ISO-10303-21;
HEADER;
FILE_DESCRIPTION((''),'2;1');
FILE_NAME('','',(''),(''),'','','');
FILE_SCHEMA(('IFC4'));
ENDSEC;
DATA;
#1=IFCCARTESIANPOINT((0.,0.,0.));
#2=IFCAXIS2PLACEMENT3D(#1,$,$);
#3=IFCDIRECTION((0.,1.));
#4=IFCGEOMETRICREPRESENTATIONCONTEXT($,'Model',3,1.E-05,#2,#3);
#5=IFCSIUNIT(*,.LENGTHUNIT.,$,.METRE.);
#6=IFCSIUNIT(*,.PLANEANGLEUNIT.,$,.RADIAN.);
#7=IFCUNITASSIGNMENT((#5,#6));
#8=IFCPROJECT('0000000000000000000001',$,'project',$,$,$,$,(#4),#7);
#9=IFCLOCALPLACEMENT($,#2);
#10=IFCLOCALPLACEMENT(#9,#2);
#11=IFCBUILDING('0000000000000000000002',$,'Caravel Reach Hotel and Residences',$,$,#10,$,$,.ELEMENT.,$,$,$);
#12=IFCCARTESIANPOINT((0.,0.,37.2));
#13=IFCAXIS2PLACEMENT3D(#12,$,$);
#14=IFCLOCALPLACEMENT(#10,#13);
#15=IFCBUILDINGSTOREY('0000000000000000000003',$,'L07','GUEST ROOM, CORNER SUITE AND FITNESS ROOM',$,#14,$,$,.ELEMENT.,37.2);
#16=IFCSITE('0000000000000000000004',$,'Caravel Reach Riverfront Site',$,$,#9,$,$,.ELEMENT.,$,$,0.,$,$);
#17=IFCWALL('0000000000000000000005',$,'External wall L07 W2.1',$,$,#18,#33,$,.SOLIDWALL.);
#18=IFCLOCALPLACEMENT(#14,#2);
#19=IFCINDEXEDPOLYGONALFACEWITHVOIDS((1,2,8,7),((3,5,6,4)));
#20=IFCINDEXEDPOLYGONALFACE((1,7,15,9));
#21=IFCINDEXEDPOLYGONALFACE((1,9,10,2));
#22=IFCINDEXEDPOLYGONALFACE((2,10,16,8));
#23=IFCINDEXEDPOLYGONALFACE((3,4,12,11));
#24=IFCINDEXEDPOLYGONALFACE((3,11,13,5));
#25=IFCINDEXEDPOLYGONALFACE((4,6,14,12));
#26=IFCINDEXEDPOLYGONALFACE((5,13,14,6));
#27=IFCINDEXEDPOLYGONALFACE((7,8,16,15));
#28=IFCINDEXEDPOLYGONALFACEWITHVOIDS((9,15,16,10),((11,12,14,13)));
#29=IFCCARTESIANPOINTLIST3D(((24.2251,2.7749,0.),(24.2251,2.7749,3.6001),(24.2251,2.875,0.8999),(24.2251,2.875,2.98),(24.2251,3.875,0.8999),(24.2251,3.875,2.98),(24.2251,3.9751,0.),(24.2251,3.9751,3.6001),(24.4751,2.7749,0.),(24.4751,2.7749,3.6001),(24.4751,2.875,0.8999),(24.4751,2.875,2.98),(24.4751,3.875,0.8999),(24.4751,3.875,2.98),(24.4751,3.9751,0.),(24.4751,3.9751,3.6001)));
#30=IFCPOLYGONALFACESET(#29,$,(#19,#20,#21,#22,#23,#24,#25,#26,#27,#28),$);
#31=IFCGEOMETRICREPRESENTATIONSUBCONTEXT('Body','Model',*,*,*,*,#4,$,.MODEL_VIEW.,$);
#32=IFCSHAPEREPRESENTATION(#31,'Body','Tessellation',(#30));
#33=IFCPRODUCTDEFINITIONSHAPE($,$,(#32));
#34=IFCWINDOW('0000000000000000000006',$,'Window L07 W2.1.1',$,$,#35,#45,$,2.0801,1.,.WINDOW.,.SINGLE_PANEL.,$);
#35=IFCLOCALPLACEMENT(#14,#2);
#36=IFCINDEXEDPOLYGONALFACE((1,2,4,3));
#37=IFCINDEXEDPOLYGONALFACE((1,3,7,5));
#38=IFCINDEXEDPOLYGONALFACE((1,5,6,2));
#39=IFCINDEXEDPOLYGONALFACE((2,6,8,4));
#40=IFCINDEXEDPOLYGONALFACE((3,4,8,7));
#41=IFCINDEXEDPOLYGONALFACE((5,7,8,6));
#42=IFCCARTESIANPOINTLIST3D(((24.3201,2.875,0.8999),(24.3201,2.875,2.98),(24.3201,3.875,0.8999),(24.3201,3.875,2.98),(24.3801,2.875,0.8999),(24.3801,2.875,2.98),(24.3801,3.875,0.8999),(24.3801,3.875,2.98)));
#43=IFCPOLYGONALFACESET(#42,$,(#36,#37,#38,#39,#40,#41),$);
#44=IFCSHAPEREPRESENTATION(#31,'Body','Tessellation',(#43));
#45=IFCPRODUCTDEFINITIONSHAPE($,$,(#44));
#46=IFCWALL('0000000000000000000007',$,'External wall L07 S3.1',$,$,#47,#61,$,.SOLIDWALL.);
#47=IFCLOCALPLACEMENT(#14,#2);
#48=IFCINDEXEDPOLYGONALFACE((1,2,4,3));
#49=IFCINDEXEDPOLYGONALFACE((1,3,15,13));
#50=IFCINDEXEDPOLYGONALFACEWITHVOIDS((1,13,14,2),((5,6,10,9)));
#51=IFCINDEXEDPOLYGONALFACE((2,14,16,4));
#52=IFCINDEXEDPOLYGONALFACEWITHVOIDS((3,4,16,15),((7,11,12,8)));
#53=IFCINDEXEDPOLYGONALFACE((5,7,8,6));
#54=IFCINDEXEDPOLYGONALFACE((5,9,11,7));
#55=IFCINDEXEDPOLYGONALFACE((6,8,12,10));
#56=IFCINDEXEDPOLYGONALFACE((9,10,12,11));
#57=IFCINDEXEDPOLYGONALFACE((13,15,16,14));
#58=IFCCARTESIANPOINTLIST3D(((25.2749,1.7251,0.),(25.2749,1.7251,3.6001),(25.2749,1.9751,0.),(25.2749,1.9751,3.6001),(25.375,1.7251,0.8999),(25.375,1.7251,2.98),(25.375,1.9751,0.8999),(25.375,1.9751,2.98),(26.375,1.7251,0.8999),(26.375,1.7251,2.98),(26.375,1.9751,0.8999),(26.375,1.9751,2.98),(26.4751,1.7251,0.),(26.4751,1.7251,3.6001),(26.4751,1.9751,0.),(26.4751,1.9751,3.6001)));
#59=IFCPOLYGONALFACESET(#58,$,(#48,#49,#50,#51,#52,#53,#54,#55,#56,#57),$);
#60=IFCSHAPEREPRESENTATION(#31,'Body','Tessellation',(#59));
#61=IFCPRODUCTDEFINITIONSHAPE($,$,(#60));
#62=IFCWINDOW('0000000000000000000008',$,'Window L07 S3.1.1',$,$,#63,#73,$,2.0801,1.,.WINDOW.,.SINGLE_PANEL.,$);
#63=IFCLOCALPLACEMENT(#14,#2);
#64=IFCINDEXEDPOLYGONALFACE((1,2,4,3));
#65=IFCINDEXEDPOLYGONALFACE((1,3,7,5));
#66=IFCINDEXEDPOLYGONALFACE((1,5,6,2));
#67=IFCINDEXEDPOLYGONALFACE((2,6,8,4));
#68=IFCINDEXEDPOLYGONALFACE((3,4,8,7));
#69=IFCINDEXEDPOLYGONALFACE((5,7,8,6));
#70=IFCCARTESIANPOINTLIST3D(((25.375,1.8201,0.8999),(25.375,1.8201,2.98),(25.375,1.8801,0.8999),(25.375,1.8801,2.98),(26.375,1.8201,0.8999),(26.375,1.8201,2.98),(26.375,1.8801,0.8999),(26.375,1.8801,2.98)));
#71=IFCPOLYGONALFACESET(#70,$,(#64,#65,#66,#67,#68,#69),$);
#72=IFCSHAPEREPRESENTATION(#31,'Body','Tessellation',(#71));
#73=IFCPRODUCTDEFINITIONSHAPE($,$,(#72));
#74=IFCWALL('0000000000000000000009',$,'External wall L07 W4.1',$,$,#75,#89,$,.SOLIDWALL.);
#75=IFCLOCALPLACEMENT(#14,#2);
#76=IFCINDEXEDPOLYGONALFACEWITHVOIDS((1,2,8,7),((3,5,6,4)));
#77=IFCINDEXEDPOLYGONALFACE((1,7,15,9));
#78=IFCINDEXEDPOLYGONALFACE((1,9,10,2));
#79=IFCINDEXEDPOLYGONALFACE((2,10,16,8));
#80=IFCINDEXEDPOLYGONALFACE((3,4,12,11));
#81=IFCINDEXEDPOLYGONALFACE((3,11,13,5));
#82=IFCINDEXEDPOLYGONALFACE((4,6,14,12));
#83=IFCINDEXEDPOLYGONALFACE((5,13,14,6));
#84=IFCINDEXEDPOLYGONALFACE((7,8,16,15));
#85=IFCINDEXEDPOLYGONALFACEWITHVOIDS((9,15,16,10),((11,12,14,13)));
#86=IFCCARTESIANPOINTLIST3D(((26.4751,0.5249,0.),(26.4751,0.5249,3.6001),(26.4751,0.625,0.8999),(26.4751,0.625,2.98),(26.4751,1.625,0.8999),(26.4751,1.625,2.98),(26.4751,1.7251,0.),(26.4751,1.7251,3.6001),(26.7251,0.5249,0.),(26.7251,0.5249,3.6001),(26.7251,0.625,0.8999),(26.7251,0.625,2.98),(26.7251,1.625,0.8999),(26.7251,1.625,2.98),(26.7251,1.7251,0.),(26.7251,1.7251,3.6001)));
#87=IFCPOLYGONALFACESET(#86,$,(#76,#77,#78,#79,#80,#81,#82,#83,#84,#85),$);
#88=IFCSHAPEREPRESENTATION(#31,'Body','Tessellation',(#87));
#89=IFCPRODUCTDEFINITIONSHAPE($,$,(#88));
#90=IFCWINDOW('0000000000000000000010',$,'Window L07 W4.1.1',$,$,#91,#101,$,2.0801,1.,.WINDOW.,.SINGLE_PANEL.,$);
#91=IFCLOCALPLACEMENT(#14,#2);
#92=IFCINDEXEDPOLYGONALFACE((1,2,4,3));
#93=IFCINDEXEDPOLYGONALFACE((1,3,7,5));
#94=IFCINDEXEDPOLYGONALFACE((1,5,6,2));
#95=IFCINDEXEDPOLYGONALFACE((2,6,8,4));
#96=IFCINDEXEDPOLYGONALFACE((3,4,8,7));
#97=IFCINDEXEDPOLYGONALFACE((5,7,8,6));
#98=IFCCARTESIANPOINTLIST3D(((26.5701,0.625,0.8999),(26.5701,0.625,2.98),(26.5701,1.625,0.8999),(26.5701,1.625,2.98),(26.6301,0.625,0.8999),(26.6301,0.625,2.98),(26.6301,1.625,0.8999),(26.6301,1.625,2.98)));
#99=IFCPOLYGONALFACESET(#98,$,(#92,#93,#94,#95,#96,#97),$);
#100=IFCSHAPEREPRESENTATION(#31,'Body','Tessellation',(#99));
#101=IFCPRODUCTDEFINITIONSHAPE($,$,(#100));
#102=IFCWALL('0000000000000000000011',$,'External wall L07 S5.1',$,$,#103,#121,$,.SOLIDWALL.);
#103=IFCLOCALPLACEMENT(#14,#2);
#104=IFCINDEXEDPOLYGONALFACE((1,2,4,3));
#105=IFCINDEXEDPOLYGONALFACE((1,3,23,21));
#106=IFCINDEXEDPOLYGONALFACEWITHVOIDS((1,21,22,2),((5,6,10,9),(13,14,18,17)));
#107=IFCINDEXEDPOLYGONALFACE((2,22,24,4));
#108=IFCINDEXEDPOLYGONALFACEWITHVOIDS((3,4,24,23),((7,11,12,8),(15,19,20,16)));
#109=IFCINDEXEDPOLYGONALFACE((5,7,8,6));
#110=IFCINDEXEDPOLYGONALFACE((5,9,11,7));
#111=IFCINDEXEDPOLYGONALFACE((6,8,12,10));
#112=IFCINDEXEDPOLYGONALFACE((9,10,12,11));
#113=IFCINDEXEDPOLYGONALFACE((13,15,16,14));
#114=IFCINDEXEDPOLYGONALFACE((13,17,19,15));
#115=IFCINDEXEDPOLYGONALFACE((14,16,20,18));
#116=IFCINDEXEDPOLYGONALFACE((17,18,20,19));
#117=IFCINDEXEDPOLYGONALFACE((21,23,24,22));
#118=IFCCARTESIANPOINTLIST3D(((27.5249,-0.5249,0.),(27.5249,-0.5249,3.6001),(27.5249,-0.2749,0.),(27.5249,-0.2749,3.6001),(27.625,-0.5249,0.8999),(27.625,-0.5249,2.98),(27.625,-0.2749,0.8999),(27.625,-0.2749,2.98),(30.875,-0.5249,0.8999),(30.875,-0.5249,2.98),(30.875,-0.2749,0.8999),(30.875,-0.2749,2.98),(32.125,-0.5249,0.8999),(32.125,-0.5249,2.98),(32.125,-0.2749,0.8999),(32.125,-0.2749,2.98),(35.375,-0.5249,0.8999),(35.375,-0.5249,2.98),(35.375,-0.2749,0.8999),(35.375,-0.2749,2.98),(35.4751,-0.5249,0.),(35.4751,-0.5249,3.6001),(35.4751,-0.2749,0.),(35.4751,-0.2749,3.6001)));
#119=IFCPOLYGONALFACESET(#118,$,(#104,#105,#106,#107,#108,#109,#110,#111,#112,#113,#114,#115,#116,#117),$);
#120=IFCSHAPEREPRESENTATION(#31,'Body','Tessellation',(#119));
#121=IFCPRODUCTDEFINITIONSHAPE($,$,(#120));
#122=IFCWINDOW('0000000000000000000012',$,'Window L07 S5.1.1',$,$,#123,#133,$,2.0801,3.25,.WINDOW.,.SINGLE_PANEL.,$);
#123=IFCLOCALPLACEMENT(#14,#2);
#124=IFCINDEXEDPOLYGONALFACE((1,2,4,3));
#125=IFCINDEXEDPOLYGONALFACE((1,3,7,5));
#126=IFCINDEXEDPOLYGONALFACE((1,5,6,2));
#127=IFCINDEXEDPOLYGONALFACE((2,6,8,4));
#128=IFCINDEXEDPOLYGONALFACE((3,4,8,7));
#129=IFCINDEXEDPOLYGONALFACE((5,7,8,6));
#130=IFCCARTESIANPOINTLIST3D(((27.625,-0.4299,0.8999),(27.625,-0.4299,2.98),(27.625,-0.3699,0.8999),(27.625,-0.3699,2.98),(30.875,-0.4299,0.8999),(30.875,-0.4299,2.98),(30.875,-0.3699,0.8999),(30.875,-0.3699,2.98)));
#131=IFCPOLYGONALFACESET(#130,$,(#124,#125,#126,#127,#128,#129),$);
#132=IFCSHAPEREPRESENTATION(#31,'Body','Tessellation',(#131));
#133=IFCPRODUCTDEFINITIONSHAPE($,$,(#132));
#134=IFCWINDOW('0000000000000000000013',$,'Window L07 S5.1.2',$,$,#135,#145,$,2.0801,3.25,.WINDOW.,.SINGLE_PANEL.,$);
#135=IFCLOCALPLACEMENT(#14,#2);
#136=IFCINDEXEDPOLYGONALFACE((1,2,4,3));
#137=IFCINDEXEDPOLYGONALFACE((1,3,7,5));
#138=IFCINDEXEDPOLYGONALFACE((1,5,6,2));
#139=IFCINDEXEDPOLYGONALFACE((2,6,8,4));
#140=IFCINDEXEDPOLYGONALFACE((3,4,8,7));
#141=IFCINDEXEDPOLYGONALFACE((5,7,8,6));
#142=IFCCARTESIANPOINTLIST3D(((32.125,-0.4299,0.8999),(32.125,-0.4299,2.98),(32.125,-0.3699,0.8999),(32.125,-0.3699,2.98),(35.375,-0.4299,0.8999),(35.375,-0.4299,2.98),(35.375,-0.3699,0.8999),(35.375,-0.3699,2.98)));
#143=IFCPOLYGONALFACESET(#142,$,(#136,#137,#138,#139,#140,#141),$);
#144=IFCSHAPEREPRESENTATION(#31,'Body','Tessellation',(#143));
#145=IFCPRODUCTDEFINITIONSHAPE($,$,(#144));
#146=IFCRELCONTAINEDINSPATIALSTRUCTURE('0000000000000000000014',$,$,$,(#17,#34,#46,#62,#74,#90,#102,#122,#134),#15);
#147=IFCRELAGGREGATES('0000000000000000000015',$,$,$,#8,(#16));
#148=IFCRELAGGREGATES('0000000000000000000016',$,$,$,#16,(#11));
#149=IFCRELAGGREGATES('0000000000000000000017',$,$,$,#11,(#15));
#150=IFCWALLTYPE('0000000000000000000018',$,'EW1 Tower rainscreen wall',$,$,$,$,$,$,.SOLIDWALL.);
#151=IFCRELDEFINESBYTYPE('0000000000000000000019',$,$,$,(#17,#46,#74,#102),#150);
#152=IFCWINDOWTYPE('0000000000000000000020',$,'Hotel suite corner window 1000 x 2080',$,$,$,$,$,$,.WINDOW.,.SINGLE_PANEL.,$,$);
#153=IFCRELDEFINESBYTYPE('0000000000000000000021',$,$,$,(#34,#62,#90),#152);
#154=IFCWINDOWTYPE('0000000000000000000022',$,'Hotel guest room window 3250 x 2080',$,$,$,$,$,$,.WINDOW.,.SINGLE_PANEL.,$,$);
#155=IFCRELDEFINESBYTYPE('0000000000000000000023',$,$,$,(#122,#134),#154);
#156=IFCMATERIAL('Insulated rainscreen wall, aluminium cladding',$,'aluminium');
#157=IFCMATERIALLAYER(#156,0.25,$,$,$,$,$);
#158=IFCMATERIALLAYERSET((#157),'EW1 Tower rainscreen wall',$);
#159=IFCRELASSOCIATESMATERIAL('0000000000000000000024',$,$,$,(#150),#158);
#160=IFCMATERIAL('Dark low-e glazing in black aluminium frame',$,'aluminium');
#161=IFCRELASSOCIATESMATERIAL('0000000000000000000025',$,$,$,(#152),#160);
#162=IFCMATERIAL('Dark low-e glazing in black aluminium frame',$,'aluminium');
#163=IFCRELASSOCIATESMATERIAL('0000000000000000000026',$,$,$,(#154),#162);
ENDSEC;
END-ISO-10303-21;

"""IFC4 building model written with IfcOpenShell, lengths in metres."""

from ifc_helpers import new_model, si_unit, direction, frame, frame_2d, origin, place, context, subcontext, project, spatial, rectangle, extrude, material, layer, layer_set, type_object, element, fill, save


model = new_model("IFC4")

# Units and contexts
model_context = context("Model", 3, precision=1e-05, world=origin(), true_north=direction((0.0, 1.0)))
body_context = subcontext(model_context, "Body", "Model", "MODEL_VIEW")
ifc_project = project(units=[si_unit("LENGTHUNIT", "METRE"), si_unit("PLANEANGLEUNIT", "RADIAN")], contexts=[model_context])

# Site, building, storey
site_placement = place(None, origin())
site = spatial("IfcSite", under=ifc_project, at=site_placement, Name="Caravel Reach Riverfront Site", CompositionType="ELEMENT", RefElevation=0.0)
building_placement = place(site_placement, origin())
building = spatial("IfcBuilding", under=site, at=building_placement, Name="Caravel Reach Hotel and Residences", CompositionType="ELEMENT")
storey_placement = place(building_placement, frame((0.0, 0.0, 37.2)))
storey = spatial("IfcBuildingStorey", under=building, at=storey_placement, Name="L07", Description="GUEST ROOM, CORNER SUITE AND FITNESS ROOM", CompositionType="ELEMENT", Elevation=37.2)

# Walls, openings, windows
ifc_material_1 = material(Name="Insulated rainscreen wall, aluminium cladding", Category="aluminium")
ifc_layer = layer(ifc_material_1, 0.25)
ifc_layer_set = layer_set([ifc_layer], Name="EW1 Tower rainscreen wall")
wall_type = type_object("IfcWallType", Name="EW1 Tower rainscreen wall", PredefinedType="SOLIDWALL", material=ifc_layer_set)
wall_1_placement = place(storey_placement, frame((24.3501, 3.9751, 0.0), z_axis=(0.0, 0.0, 1.0), x_axis=(0.0, -1.0, 0.0)))
wall_1 = element("IfcWall", 1, at=wall_1_placement, inside=storey, type_object=wall_type, Name="External wall L07 W2.1", PredefinedType="SOLIDWALL", context=body_context, shape_type="SweptSolid", body=[
    extrude(rectangle(XDim=1.2002, YDim=0.25, at=frame_2d((0.6001, 0.0))), origin(), (0.0, 0.0, 1.0), 3.6001),
])
opening_1_placement = place(wall_1_placement, frame((0.1001, 0.0, 0.8999)))
opening_1 = element("IfcOpeningElement", 2, at=opening_1_placement, cuts=wall_1, PredefinedType="OPENING", context=body_context, shape_type="SweptSolid", body=[
    extrude(rectangle(XDim=1.0, YDim=2.0801, at=frame_2d((0.5, 1.04))), frame((0.0, 0.135, 0.0), z_axis=(0.0, -1.0, 0.0), x_axis=(1.0, 0.0, 0.0)), (0.0, 0.0, 1.0), 0.27),
])
ifc_material_2 = material(Name="Dark low-e glazing in black aluminium frame", Category="aluminium")
window_type_1 = type_object("IfcWindowType", Name="Hotel suite corner window 1000 x 2080", PartitioningType="SINGLE_PANEL", PredefinedType="WINDOW", material=ifc_material_2)
window_1_placement = place(opening_1_placement, origin())
window_1 = element("IfcWindow", 3, at=window_1_placement, inside=storey, type_object=window_type_1, Name="Window L07 W2.1.1", OverallHeight=2.0801, OverallWidth=1.0, PartitioningType="SINGLE_PANEL", PredefinedType="WINDOW", context=body_context, shape_type="SweptSolid", body=[
    extrude(rectangle(XDim=1.0, YDim=2.0801, at=frame_2d((0.5, 1.04))), frame((0.0, 0.03, 0.0), z_axis=(0.0, -1.0, 0.0), x_axis=(1.0, 0.0, 0.0)), (0.0, 0.0, 1.0), 0.0601),
])
fill(opening_1, window_1)
wall_2_placement = place(storey_placement, frame((25.2749, 1.8501, 0.0), z_axis=(0.0, 0.0, 1.0), x_axis=(1.0, 0.0, 0.0)))
wall_2 = element("IfcWall", 4, at=wall_2_placement, inside=storey, type_object=wall_type, Name="External wall L07 S3.1", PredefinedType="SOLIDWALL", context=body_context, shape_type="SweptSolid", body=[
    extrude(rectangle(XDim=1.2002, YDim=0.25, at=frame_2d((0.6001, 0.0))), origin(), (0.0, 0.0, 1.0), 3.6001),
])
opening_2_placement = place(wall_2_placement, frame((0.1001, 0.0, 0.8999)))
opening_2 = element("IfcOpeningElement", 5, at=opening_2_placement, cuts=wall_2, PredefinedType="OPENING", context=body_context, shape_type="SweptSolid", body=[
    extrude(rectangle(XDim=1.0, YDim=2.0801, at=frame_2d((0.5, 1.04))), frame((0.0, 0.135, 0.0), z_axis=(0.0, -1.0, 0.0), x_axis=(1.0, 0.0, 0.0)), (0.0, 0.0, 1.0), 0.27),
])
window_2_placement = place(opening_2_placement, origin())
window_2 = element("IfcWindow", 6, at=window_2_placement, inside=storey, type_object=window_type_1, Name="Window L07 S3.1.1", OverallHeight=2.0801, OverallWidth=1.0, PartitioningType="SINGLE_PANEL", PredefinedType="WINDOW", context=body_context, shape_type="SweptSolid", body=[
    extrude(rectangle(XDim=1.0, YDim=2.0801, at=frame_2d((0.5, 1.04))), frame((0.0, 0.03, 0.0), z_axis=(0.0, -1.0, 0.0), x_axis=(1.0, 0.0, 0.0)), (0.0, 0.0, 1.0), 0.0601),
])
fill(opening_2, window_2)
wall_3_placement = place(storey_placement, frame((26.6001, 1.7251, 0.0), z_axis=(0.0, 0.0, 1.0), x_axis=(0.0, -1.0, 0.0)))
wall_3 = element("IfcWall", 7, at=wall_3_placement, inside=storey, type_object=wall_type, Name="External wall L07 W4.1", PredefinedType="SOLIDWALL", context=body_context, shape_type="SweptSolid", body=[
    extrude(rectangle(XDim=1.2002, YDim=0.25, at=frame_2d((0.6001, 0.0))), origin(), (0.0, 0.0, 1.0), 3.6001),
])
opening_3_placement = place(wall_3_placement, frame((0.1001, 0.0, 0.8999)))
opening_3 = element("IfcOpeningElement", 8, at=opening_3_placement, cuts=wall_3, PredefinedType="OPENING", context=body_context, shape_type="SweptSolid", body=[
    extrude(rectangle(XDim=1.0, YDim=2.0801, at=frame_2d((0.5, 1.04))), frame((0.0, 0.135, 0.0), z_axis=(0.0, -1.0, 0.0), x_axis=(1.0, 0.0, 0.0)), (0.0, 0.0, 1.0), 0.27),
])
window_3_placement = place(opening_3_placement, origin())
window_3 = element("IfcWindow", 9, at=window_3_placement, inside=storey, type_object=window_type_1, Name="Window L07 W4.1.1", OverallHeight=2.0801, OverallWidth=1.0, PartitioningType="SINGLE_PANEL", PredefinedType="WINDOW", context=body_context, shape_type="SweptSolid", body=[
    extrude(rectangle(XDim=1.0, YDim=2.0801, at=frame_2d((0.5, 1.04))), frame((0.0, 0.03, 0.0), z_axis=(0.0, -1.0, 0.0), x_axis=(1.0, 0.0, 0.0)), (0.0, 0.0, 1.0), 0.0601),
])
fill(opening_3, window_3)

# Wall, openings, windows
wall_4_placement = place(storey_placement, frame((27.5249, -0.3999, 0.0), z_axis=(0.0, 0.0, 1.0), x_axis=(1.0, 0.0, 0.0)))
wall_4 = element("IfcWall", 10, at=wall_4_placement, inside=storey, type_object=wall_type, Name="External wall L07 S5.1", PredefinedType="SOLIDWALL", context=body_context, shape_type="SweptSolid", body=[
    extrude(rectangle(XDim=7.9502, YDim=0.25, at=frame_2d((3.9751, 0.0))), origin(), (0.0, 0.0, 1.0), 3.6001),
])
opening_4_placement = place(wall_4_placement, frame((0.1001, 0.0, 0.8999)))
opening_4 = element("IfcOpeningElement", 11, at=opening_4_placement, cuts=wall_4, PredefinedType="OPENING", context=body_context, shape_type="SweptSolid", body=[
    extrude(rectangle(XDim=3.25, YDim=2.0801, at=frame_2d((1.625, 1.04))), frame((0.0, 0.135, 0.0), z_axis=(0.0, -1.0, 0.0), x_axis=(1.0, 0.0, 0.0)), (0.0, 0.0, 1.0), 0.27),
])
opening_5_placement = place(wall_4_placement, frame((4.6001, 0.0, 0.8999)))
opening_5 = element("IfcOpeningElement", 12, at=opening_5_placement, cuts=wall_4, PredefinedType="OPENING", context=body_context, shape_type="SweptSolid", body=[
    extrude(rectangle(XDim=3.25, YDim=2.0801, at=frame_2d((1.625, 1.04))), frame((0.0, 0.135, 0.0), z_axis=(0.0, -1.0, 0.0), x_axis=(1.0, 0.0, 0.0)), (0.0, 0.0, 1.0), 0.27),
])
ifc_material_3 = material(Name="Dark low-e glazing in black aluminium frame", Category="aluminium")
window_type_2 = type_object("IfcWindowType", Name="Hotel guest room window 3250 x 2080", PartitioningType="SINGLE_PANEL", PredefinedType="WINDOW", material=ifc_material_3)
window_4_placement = place(opening_4_placement, origin())
window_4 = element("IfcWindow", 13, at=window_4_placement, inside=storey, type_object=window_type_2, Name="Window L07 S5.1.1", OverallHeight=2.0801, OverallWidth=3.25, PartitioningType="SINGLE_PANEL", PredefinedType="WINDOW", context=body_context, shape_type="SweptSolid", body=[
    extrude(rectangle(XDim=3.25, YDim=2.0801, at=frame_2d((1.625, 1.04))), frame((0.0, 0.03, 0.0), z_axis=(0.0, -1.0, 0.0), x_axis=(1.0, 0.0, 0.0)), (0.0, 0.0, 1.0), 0.0601),
])
fill(opening_4, window_4)
window_5_placement = place(opening_5_placement, origin())
window_5 = element("IfcWindow", 14, at=window_5_placement, inside=storey, type_object=window_type_2, Name="Window L07 S5.1.2", OverallHeight=2.0801, OverallWidth=3.25, PartitioningType="SINGLE_PANEL", PredefinedType="WINDOW", context=body_context, shape_type="SweptSolid", body=[
    extrude(rectangle(XDim=3.25, YDim=2.0801, at=frame_2d((1.625, 1.04))), frame((0.0, 0.03, 0.0), z_axis=(0.0, -1.0, 0.0), x_axis=(1.0, 0.0, 0.0)), (0.0, 0.0, 1.0), 0.0601),
])
fill(opening_5, window_5)

save(model, "model.ifc")
